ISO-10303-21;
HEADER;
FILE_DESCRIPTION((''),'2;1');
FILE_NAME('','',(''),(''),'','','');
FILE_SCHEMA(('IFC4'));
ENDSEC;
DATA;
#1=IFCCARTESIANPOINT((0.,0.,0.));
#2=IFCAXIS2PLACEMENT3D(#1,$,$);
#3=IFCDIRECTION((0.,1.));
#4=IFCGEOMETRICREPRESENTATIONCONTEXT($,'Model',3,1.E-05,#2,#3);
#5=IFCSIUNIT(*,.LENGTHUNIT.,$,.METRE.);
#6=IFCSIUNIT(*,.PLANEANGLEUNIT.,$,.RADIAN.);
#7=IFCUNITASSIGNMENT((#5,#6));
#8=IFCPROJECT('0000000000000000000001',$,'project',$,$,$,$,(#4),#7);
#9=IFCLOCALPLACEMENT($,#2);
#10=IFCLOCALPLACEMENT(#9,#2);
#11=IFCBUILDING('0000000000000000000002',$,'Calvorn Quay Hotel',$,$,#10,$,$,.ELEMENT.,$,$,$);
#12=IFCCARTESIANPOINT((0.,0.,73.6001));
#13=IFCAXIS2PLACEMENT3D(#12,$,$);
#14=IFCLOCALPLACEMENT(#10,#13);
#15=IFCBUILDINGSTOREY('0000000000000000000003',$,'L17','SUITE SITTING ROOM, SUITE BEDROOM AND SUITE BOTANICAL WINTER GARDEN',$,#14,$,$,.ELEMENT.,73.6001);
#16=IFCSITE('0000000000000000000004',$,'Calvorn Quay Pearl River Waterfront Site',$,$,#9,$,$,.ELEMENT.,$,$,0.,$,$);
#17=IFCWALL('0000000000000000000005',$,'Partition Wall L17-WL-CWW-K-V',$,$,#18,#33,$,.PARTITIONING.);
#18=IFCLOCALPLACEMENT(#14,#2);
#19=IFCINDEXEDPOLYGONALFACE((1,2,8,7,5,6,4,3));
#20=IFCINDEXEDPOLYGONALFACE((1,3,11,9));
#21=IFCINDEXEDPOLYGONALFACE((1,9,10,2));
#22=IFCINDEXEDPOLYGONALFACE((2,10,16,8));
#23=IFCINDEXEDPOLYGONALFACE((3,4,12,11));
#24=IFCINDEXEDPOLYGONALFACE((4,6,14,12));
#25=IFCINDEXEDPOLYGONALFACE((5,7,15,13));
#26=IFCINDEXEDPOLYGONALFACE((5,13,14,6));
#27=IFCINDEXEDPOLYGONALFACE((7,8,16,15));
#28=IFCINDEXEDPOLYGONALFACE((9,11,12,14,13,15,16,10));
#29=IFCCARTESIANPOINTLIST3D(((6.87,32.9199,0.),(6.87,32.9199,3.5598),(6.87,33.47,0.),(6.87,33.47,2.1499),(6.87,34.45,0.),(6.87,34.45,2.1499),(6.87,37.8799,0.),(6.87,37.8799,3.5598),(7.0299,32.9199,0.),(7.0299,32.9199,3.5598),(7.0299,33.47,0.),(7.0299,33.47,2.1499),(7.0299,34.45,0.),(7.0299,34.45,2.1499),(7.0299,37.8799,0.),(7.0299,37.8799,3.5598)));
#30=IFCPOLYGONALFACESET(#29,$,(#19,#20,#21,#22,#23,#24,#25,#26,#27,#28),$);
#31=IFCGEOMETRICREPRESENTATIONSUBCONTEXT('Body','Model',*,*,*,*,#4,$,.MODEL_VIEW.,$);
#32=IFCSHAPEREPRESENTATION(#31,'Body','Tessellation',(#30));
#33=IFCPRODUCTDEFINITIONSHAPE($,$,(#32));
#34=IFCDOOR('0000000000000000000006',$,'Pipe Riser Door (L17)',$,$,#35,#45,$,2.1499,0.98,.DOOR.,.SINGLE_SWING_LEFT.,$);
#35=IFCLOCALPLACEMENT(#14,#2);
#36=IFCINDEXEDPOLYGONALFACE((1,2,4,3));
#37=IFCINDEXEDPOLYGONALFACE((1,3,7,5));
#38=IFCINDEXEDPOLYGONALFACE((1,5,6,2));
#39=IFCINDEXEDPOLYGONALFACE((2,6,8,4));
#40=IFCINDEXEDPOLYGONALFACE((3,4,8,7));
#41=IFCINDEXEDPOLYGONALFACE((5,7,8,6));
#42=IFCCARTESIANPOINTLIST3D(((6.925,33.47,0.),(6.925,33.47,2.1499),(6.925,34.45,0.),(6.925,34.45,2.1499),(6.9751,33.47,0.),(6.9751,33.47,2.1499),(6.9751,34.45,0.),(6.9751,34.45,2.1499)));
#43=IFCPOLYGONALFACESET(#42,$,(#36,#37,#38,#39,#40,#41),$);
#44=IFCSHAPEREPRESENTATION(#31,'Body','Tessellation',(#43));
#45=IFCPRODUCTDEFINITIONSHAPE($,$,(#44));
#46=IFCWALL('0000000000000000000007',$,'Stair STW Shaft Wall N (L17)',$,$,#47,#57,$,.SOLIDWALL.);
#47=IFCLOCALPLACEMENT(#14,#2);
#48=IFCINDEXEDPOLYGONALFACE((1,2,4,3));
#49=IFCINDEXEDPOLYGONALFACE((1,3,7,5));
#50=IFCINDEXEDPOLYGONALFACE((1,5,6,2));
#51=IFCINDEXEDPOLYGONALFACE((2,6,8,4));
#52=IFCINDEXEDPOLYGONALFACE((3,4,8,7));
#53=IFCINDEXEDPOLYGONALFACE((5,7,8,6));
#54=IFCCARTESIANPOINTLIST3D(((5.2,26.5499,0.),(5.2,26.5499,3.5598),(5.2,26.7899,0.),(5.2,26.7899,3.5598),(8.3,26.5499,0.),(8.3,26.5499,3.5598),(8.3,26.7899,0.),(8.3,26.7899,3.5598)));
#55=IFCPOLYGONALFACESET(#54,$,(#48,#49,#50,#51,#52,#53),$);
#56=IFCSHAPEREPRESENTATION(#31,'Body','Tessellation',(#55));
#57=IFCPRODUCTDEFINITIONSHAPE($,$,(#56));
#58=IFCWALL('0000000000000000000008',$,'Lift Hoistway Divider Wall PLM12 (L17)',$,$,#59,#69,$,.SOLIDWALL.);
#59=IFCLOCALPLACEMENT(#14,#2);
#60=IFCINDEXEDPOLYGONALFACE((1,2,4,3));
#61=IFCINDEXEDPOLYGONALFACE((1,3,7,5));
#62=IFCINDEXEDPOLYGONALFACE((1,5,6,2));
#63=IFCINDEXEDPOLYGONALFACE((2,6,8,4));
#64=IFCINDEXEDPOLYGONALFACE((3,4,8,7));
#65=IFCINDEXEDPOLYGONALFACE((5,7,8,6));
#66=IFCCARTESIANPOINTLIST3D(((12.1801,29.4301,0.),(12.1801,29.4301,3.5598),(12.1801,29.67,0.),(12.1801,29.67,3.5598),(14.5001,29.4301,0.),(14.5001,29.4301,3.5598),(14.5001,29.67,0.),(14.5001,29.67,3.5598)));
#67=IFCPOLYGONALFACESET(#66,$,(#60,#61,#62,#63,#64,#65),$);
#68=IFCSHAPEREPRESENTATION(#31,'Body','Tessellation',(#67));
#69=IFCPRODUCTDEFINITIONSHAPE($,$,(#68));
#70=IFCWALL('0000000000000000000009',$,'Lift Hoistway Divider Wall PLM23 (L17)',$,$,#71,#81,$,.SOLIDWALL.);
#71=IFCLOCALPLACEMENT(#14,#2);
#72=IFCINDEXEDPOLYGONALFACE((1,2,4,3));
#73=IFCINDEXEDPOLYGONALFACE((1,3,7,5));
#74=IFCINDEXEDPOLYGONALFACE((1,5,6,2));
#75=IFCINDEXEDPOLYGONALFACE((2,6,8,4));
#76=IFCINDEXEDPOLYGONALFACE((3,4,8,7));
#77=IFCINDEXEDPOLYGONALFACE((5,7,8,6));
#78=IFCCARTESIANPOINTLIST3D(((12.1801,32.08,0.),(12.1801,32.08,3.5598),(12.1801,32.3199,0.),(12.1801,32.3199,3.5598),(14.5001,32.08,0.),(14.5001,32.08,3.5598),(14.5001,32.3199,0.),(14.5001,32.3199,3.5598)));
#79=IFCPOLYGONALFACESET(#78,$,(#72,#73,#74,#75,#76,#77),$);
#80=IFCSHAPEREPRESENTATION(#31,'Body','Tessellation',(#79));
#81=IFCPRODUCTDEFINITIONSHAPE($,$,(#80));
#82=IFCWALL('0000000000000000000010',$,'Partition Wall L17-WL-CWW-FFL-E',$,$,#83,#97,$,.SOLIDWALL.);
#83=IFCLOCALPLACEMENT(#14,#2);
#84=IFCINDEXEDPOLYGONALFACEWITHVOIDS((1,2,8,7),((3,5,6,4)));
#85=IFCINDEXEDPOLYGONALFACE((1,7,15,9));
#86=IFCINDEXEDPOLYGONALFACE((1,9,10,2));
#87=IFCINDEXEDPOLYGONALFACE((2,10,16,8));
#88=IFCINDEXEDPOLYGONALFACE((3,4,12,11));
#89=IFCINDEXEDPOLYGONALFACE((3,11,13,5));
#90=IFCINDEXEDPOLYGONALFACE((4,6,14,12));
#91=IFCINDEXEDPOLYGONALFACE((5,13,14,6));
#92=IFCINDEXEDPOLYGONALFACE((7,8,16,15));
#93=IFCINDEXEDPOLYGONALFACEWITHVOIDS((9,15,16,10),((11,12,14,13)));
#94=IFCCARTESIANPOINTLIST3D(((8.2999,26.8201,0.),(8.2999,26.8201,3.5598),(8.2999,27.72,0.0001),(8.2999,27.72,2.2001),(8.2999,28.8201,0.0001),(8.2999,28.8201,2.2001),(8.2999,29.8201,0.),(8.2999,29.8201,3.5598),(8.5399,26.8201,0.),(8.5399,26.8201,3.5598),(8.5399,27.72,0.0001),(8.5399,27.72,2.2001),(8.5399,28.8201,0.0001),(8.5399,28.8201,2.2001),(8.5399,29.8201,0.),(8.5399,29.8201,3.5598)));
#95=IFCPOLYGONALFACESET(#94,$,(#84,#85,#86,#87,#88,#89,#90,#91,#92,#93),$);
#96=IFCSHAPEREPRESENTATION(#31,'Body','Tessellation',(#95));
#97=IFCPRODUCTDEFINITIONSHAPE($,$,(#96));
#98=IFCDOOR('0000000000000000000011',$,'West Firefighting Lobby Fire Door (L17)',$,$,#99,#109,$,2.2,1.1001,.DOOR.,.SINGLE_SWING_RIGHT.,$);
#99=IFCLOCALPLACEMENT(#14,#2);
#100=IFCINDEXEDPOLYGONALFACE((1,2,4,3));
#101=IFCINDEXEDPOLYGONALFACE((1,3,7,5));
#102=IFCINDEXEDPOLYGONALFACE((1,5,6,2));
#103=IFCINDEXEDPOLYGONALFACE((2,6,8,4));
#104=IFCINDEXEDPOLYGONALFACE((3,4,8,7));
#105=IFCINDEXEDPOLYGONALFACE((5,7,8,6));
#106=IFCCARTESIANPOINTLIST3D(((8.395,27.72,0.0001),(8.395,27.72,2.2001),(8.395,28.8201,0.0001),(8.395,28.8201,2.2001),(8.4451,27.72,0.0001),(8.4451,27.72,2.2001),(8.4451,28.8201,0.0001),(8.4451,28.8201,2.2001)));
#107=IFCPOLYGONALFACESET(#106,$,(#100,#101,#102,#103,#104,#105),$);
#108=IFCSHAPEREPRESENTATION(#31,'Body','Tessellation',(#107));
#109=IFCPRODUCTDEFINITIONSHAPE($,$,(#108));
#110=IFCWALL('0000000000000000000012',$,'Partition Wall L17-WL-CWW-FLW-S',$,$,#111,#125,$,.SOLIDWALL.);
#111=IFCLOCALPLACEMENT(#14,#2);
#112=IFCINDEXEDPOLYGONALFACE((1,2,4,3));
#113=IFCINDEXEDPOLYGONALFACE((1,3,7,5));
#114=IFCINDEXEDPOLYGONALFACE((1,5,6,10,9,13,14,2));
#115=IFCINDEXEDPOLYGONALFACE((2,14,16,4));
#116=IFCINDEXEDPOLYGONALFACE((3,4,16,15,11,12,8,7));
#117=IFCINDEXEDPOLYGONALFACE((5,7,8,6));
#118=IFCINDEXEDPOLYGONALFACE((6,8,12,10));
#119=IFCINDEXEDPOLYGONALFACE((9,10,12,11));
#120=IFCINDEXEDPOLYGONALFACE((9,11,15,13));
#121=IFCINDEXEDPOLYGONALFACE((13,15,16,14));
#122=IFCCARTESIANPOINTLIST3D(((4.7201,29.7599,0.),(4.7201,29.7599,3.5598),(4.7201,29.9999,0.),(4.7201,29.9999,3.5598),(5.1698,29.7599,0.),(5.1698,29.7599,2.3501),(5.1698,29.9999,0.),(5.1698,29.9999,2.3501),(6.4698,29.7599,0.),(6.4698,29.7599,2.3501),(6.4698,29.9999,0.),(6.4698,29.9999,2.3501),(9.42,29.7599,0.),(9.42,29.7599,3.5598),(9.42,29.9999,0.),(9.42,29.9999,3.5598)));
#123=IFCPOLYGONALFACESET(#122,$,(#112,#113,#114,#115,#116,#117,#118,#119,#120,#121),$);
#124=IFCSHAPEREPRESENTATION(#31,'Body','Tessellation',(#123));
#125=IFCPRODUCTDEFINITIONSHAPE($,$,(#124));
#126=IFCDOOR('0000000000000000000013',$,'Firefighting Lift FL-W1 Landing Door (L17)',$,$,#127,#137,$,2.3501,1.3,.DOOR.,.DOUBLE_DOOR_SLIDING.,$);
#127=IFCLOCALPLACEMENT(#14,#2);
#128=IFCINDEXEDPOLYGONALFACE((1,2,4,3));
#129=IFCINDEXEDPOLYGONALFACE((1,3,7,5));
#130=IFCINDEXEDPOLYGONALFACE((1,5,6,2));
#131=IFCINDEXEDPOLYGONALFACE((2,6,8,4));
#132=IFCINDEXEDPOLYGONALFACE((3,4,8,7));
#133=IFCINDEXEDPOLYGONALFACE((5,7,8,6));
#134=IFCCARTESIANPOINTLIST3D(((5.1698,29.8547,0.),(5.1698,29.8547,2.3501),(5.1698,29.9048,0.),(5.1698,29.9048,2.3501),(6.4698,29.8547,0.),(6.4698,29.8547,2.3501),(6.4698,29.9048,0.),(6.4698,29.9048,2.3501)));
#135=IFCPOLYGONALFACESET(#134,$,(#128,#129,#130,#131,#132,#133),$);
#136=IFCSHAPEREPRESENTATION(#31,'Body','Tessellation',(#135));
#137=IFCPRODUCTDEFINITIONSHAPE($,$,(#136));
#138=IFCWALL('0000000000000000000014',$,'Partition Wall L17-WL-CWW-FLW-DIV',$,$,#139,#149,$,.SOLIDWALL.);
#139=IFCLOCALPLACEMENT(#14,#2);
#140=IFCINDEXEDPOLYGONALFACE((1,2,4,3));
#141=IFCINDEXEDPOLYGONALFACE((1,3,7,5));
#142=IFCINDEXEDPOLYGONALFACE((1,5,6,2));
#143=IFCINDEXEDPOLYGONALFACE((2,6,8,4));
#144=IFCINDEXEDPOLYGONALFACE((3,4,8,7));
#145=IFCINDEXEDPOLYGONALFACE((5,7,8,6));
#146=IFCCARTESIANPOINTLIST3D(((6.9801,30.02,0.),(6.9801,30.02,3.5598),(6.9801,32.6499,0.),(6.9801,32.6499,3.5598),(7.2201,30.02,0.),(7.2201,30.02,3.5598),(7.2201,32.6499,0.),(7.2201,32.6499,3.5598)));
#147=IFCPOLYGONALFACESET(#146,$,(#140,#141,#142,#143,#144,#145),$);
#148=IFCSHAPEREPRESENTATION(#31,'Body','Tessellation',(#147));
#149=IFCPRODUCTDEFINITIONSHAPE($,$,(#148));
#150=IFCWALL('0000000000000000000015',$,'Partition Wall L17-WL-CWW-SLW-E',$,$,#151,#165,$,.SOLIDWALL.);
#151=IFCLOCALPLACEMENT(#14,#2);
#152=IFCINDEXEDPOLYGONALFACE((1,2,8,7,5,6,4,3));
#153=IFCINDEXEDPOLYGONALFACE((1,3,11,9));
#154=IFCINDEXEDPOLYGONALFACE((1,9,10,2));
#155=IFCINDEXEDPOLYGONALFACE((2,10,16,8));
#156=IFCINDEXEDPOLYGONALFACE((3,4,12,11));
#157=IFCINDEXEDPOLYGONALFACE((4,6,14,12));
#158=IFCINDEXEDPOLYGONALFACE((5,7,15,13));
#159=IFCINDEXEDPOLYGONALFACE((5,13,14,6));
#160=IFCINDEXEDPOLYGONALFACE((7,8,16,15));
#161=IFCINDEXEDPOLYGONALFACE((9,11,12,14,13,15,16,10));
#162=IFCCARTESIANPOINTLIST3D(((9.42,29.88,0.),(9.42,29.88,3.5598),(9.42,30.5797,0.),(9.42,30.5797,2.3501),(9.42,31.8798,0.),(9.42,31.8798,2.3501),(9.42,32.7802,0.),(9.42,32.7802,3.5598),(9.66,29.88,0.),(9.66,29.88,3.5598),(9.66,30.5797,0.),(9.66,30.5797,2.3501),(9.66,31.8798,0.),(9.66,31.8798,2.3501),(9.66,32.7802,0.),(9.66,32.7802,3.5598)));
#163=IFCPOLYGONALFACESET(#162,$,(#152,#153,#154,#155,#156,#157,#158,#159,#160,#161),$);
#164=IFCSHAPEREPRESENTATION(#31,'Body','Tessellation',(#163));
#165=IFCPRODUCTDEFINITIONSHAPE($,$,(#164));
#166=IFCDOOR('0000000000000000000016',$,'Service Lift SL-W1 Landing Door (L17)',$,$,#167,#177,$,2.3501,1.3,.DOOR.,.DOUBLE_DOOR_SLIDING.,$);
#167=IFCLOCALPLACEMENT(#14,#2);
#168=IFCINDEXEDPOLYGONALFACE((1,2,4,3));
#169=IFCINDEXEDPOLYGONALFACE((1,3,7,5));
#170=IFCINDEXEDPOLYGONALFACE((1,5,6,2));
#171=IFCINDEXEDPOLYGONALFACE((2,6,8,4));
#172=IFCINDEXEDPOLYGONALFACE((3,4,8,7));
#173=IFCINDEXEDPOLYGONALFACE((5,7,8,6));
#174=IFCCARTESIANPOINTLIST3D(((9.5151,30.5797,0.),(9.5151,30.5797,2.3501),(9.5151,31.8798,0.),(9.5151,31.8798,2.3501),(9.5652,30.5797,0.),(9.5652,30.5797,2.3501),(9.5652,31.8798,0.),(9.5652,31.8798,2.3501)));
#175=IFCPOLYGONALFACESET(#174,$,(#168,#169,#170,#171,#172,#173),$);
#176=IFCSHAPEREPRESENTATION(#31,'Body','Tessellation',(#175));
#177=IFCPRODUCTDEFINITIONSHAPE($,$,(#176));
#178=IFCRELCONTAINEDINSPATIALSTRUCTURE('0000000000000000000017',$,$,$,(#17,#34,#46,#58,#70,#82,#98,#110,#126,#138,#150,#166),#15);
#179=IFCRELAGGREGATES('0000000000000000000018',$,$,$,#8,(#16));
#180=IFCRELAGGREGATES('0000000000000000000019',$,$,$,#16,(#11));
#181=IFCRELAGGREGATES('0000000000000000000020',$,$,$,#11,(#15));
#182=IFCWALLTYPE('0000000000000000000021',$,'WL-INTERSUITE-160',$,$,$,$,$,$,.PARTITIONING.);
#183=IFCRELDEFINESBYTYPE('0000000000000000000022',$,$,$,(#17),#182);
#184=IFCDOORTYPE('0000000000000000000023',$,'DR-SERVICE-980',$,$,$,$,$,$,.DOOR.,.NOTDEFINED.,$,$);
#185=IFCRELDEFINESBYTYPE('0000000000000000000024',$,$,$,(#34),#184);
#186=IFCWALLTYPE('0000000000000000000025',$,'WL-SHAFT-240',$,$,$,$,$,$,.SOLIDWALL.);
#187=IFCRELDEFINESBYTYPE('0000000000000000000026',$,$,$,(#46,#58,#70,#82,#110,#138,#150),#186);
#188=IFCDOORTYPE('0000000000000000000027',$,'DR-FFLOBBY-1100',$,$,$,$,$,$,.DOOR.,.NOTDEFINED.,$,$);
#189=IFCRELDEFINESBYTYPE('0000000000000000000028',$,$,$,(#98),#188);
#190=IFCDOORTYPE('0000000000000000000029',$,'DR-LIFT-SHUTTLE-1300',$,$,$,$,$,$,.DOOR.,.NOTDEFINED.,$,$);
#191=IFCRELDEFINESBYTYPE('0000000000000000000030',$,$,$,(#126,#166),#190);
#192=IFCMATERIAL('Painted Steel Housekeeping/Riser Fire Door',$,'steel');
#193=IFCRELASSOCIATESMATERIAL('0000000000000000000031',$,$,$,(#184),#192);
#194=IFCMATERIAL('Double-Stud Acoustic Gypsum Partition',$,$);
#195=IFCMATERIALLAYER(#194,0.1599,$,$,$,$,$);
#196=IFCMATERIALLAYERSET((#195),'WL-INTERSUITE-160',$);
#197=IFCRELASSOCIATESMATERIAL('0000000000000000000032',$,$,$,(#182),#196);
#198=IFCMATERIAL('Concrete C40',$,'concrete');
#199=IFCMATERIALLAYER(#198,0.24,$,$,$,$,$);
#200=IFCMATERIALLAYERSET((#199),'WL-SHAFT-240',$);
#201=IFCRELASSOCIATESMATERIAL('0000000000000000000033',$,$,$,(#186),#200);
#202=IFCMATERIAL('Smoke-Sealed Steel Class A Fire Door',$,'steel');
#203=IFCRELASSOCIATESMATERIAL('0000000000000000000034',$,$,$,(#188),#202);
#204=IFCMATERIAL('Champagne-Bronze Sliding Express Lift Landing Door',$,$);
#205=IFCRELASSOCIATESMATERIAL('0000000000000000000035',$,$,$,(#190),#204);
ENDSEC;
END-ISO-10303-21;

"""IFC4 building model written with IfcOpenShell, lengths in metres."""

from ifc_helpers import new_model, si_unit, direction, frame, frame_2d, origin, place, context, subcontext, project, spatial, rectangle, extrude, material, layer, layer_set, type_object, element, fill, save


model = new_model("IFC4")

# Units and contexts
model_context = context("Model", 3, precision=1e-05, world=origin(), true_north=direction((0.0, 1.0)))
body_context = subcontext(model_context, "Body", "Model", "MODEL_VIEW")
ifc_project = project(units=[si_unit("LENGTHUNIT", "METRE"), si_unit("PLANEANGLEUNIT", "RADIAN")], contexts=[model_context])

# Site, building, storey
site_placement = place(None, origin())
site = spatial("IfcSite", under=ifc_project, at=site_placement, Name="Calvorn Quay Pearl River Waterfront Site", CompositionType="ELEMENT", RefElevation=0.0)
building_placement = place(site_placement, origin())
building = spatial("IfcBuilding", under=site, at=building_placement, Name="Calvorn Quay Hotel", CompositionType="ELEMENT")
storey_placement = place(building_placement, frame((0.0, 0.0, 73.6001)))
storey = spatial("IfcBuildingStorey", under=building, at=storey_placement, Name="L17", Description="SUITE SITTING ROOM, SUITE BEDROOM AND SUITE BOTANICAL WINTER GARDEN", CompositionType="ELEMENT", Elevation=73.6001)

# Wall, opening, door
ifc_material_1 = material(Name="Painted Steel Housekeeping/Riser Fire Door", Category="steel")
door_type_1 = type_object("IfcDoorType", Name="DR-SERVICE-980", OperationType="NOTDEFINED", PredefinedType="DOOR", material=ifc_material_1)
ifc_material_2 = material(Name="Double-Stud Acoustic Gypsum Partition")
ifc_layer_1 = layer(ifc_material_2, 0.1599)
ifc_layer_set_1 = layer_set([ifc_layer_1], Name="WL-INTERSUITE-160")
wall_type_1 = type_object("IfcWallType", Name="WL-INTERSUITE-160", PredefinedType="PARTITIONING", material=ifc_layer_set_1)
wall_1_placement = place(storey_placement, frame((6.95, 32.9199, 0.0), z_axis=(0.0, 0.0, 1.0), x_axis=(0.0, 1.0, 0.0)))
wall_1 = element("IfcWall", 1, at=wall_1_placement, inside=storey, type_object=wall_type_1, Name="Partition Wall L17-WL-CWW-K-V", PredefinedType="PARTITIONING", context=body_context, shape_type="SweptSolid", body=[
    extrude(rectangle(XDim=4.96, YDim=0.1599, at=frame_2d((2.48, 0.0))), origin(), (0.0, 0.0, 1.0), 3.5598),
])
opening_1_placement = place(wall_1_placement, frame((0.55, 0.0, 0.0)))
opening_1 = element("IfcOpeningElement", 2, at=opening_1_placement, cuts=wall_1, PredefinedType="OPENING", context=body_context, shape_type="SweptSolid", body=[
    extrude(rectangle(XDim=0.98, YDim=2.1499, at=frame_2d((0.49, 1.075))), frame((0.0, 0.0898, 0.0), z_axis=(0.0, -1.0, 0.0), x_axis=(1.0, 0.0, 0.0)), (0.0, 0.0, 1.0), 0.1799),
])
door_1_placement = place(opening_1_placement, origin())
door_1 = element("IfcDoor", 3, at=door_1_placement, inside=storey, type_object=door_type_1, Name="Pipe Riser Door (L17)", OperationType="SINGLE_SWING_LEFT", OverallHeight=2.1499, OverallWidth=0.98, PredefinedType="DOOR", context=body_context, shape_type="SweptSolid", body=[
    extrude(rectangle(XDim=0.98, YDim=2.1499, at=frame_2d((0.49, 1.075))), frame((0.0, 0.0249, 0.0), z_axis=(0.0, -1.0, 0.0), x_axis=(1.0, 0.0, 0.0)), (0.0, 0.0, 1.0), 0.05),
])
fill(opening_1, door_1)

# Walls
ifc_material_3 = material(Name="Concrete C40", Category="concrete")
ifc_layer_2 = layer(ifc_material_3, 0.24)
ifc_layer_set_2 = layer_set([ifc_layer_2], Name="WL-SHAFT-240")
wall_type_2 = type_object("IfcWallType", Name="WL-SHAFT-240", PredefinedType="SOLIDWALL", material=ifc_layer_set_2)
wall_2_placement = place(storey_placement, frame((5.2, 26.6699, 0.0), z_axis=(0.0, 0.0, 1.0), x_axis=(1.0, 0.0, 0.0)))
element("IfcWall", 4, at=wall_2_placement, inside=storey, type_object=wall_type_2, Name="Stair STW Shaft Wall N (L17)", PredefinedType="SOLIDWALL", context=body_context, shape_type="SweptSolid", body=[
    extrude(rectangle(XDim=3.1001, YDim=0.24, at=frame_2d((1.55, 0.0))), origin(), (0.0, 0.0, 1.0), 3.5598),
])
for number, where, z_axis, x_axis, name in (
    (5, (12.1799, 29.55, 0.0), (0.0, 0.0, 1.0), (1.0, 0.0, 0.0), "Lift Hoistway Divider Wall PLM12 (L17)"),
    (6, (12.1799, 32.2, 0.0), (0.0, 0.0, 1.0), (1.0, 0.0, 0.0), "Lift Hoistway Divider Wall PLM23 (L17)"),
):
    element("IfcWall", number, at=place(storey_placement, frame(where, z_axis=z_axis, x_axis=x_axis)), inside=storey, type_object=wall_type_2, Name=name, PredefinedType="SOLIDWALL", context=body_context, shape_type="SweptSolid", body=[
        extrude(rectangle(XDim=2.3201, YDim=0.24, at=frame_2d((1.1602, 0.0))), origin(), (0.0, 0.0, 1.0), 3.5598),
    ])

# Walls, openings, doors
wall_3_placement = place(storey_placement, frame((8.4199, 26.8201, 0.0), z_axis=(0.0, 0.0, 1.0), x_axis=(0.0, 1.0, 0.0)))
wall_3 = element("IfcWall", 7, at=wall_3_placement, inside=storey, type_object=wall_type_2, Name="Partition Wall L17-WL-CWW-FFL-E", PredefinedType="SOLIDWALL", context=body_context, shape_type="SweptSolid", body=[
    extrude(rectangle(XDim=3.0, YDim=0.24, at=frame_2d((1.5, 0.0))), origin(), (0.0, 0.0, 1.0), 3.5598),
])
opening_2_placement = place(wall_3_placement, frame((0.8999, 0.0, 0.0)))
opening_2 = element("IfcOpeningElement", 8, at=opening_2_placement, cuts=wall_3, PredefinedType="OPENING", context=body_context, shape_type="SweptSolid", body=[
    extrude(rectangle(XDim=1.1001, YDim=2.2, at=frame_2d((0.55, 1.1001))), frame((0.0, 0.1299, 0.0), z_axis=(0.0, -1.0, 0.0), x_axis=(1.0, 0.0, 0.0)), (0.0, 0.0, 1.0), 0.26),
])
ifc_material_4 = material(Name="Smoke-Sealed Steel Class A Fire Door", Category="steel")
door_type_2 = type_object("IfcDoorType", Name="DR-FFLOBBY-1100", OperationType="NOTDEFINED", PredefinedType="DOOR", material=ifc_material_4)
door_2_placement = place(opening_2_placement, origin())
door_2 = element("IfcDoor", 9, at=door_2_placement, inside=storey, type_object=door_type_2, Name="West Firefighting Lobby Fire Door (L17)", OperationType="SINGLE_SWING_RIGHT", OverallHeight=2.2, OverallWidth=1.1001, PredefinedType="DOOR", context=body_context, shape_type="SweptSolid", body=[
    extrude(rectangle(XDim=1.1001, YDim=2.2, at=frame_2d((0.55, 1.1001))), frame((0.0, 0.0249, 0.0), z_axis=(0.0, -1.0, 0.0), x_axis=(1.0, 0.0, 0.0)), (0.0, 0.0, 1.0), 0.05),
])
fill(opening_2, door_2)
wall_4_placement = place(storey_placement, frame((4.72, 29.8799, 0.0), z_axis=(0.0, 0.0, 1.0), x_axis=(1.0, 0.0, 0.0)))
wall_4 = element("IfcWall", 10, at=wall_4_placement, inside=storey, type_object=wall_type_2, Name="Partition Wall L17-WL-CWW-FLW-S", PredefinedType="SOLIDWALL", context=body_context, shape_type="SweptSolid", body=[
    extrude(rectangle(XDim=4.7, YDim=0.24, at=frame_2d((2.3501, 0.0))), origin(), (0.0, 0.0, 1.0), 3.5598),
])
opening_3_placement = place(wall_4_placement, frame((0.45, 0.0, 0.0)))
opening_3 = element("IfcOpeningElement", 11, at=opening_3_placement, cuts=wall_4, PredefinedType="OPENING", context=body_context, shape_type="SweptSolid", body=[
    extrude(rectangle(XDim=1.3, YDim=2.3501, at=frame_2d((0.6499, 1.175))), frame((0.0, 0.1299, 0.0), z_axis=(0.0, -1.0, 0.0), x_axis=(1.0, 0.0, 0.0)), (0.0, 0.0, 1.0), 0.26),
])
ifc_material_5 = material(Name="Champagne-Bronze Sliding Express Lift Landing Door")
door_type_3 = type_object("IfcDoorType", Name="DR-LIFT-SHUTTLE-1300", OperationType="NOTDEFINED", PredefinedType="DOOR", material=ifc_material_5)
door_3_placement = place(opening_3_placement, origin())
door_3 = element("IfcDoor", 12, at=door_3_placement, inside=storey, type_object=door_type_3, Name="Firefighting Lift FL-W1 Landing Door (L17)", OperationType="DOUBLE_DOOR_SLIDING", OverallHeight=2.3501, OverallWidth=1.3, PredefinedType="DOOR", context=body_context, shape_type="SweptSolid", body=[
    extrude(rectangle(XDim=1.3, YDim=2.3501, at=frame_2d((0.6499, 1.175))), frame((0.0, 0.0249, 0.0), z_axis=(0.0, -1.0, 0.0), x_axis=(1.0, 0.0, 0.0)), (0.0, 0.0, 1.0), 0.05),
])
fill(opening_3, door_3)

# Wall
wall_5_placement = place(storey_placement, frame((7.1001, 30.02, 0.0), z_axis=(0.0, 0.0, 1.0), x_axis=(0.0, 1.0, 0.0)))
element("IfcWall", 13, at=wall_5_placement, inside=storey, type_object=wall_type_2, Name="Partition Wall L17-WL-CWW-FLW-DIV", PredefinedType="SOLIDWALL", context=body_context, shape_type="SweptSolid", body=[
    extrude(rectangle(XDim=2.6299, YDim=0.24, at=frame_2d((1.3149, 0.0))), origin(), (0.0, 0.0, 1.0), 3.5598),
])

# Wall, opening, door
wall_6_placement = place(storey_placement, frame((9.54, 29.8799, 0.0), z_axis=(0.0, 0.0, 1.0), x_axis=(0.0, 1.0, 0.0)))
wall_6 = element("IfcWall", 14, at=wall_6_placement, inside=storey, type_object=wall_type_2, Name="Partition Wall L17-WL-CWW-SLW-E", PredefinedType="SOLIDWALL", context=body_context, shape_type="SweptSolid", body=[
    extrude(rectangle(XDim=2.9001, YDim=0.24, at=frame_2d((1.4502, 0.0))), origin(), (0.0, 0.0, 1.0), 3.5598),
])
opening_4_placement = place(wall_6_placement, frame((0.7, 0.0, 0.0)))
opening_4 = element("IfcOpeningElement", 15, at=opening_4_placement, cuts=wall_6, PredefinedType="OPENING", context=body_context, shape_type="SweptSolid", body=[
    extrude(rectangle(XDim=1.3, YDim=2.3501, at=frame_2d((0.6499, 1.175))), frame((0.0, 0.1299, 0.0), z_axis=(0.0, -1.0, 0.0), x_axis=(1.0, 0.0, 0.0)), (0.0, 0.0, 1.0), 0.26),
])
door_4_placement = place(opening_4_placement, origin())
door_4 = element("IfcDoor", 16, at=door_4_placement, inside=storey, type_object=door_type_3, Name="Service Lift SL-W1 Landing Door (L17)", OperationType="DOUBLE_DOOR_SLIDING", OverallHeight=2.3501, OverallWidth=1.3, PredefinedType="DOOR", context=body_context, shape_type="SweptSolid", body=[
    extrude(rectangle(XDim=1.3, YDim=2.3501, at=frame_2d((0.6499, 1.175))), frame((0.0, 0.0249, 0.0), z_axis=(0.0, -1.0, 0.0), x_axis=(1.0, 0.0, 0.0)), (0.0, 0.0, 1.0), 0.05),
])
fill(opening_4, door_4)

save(model, "model.ifc")
